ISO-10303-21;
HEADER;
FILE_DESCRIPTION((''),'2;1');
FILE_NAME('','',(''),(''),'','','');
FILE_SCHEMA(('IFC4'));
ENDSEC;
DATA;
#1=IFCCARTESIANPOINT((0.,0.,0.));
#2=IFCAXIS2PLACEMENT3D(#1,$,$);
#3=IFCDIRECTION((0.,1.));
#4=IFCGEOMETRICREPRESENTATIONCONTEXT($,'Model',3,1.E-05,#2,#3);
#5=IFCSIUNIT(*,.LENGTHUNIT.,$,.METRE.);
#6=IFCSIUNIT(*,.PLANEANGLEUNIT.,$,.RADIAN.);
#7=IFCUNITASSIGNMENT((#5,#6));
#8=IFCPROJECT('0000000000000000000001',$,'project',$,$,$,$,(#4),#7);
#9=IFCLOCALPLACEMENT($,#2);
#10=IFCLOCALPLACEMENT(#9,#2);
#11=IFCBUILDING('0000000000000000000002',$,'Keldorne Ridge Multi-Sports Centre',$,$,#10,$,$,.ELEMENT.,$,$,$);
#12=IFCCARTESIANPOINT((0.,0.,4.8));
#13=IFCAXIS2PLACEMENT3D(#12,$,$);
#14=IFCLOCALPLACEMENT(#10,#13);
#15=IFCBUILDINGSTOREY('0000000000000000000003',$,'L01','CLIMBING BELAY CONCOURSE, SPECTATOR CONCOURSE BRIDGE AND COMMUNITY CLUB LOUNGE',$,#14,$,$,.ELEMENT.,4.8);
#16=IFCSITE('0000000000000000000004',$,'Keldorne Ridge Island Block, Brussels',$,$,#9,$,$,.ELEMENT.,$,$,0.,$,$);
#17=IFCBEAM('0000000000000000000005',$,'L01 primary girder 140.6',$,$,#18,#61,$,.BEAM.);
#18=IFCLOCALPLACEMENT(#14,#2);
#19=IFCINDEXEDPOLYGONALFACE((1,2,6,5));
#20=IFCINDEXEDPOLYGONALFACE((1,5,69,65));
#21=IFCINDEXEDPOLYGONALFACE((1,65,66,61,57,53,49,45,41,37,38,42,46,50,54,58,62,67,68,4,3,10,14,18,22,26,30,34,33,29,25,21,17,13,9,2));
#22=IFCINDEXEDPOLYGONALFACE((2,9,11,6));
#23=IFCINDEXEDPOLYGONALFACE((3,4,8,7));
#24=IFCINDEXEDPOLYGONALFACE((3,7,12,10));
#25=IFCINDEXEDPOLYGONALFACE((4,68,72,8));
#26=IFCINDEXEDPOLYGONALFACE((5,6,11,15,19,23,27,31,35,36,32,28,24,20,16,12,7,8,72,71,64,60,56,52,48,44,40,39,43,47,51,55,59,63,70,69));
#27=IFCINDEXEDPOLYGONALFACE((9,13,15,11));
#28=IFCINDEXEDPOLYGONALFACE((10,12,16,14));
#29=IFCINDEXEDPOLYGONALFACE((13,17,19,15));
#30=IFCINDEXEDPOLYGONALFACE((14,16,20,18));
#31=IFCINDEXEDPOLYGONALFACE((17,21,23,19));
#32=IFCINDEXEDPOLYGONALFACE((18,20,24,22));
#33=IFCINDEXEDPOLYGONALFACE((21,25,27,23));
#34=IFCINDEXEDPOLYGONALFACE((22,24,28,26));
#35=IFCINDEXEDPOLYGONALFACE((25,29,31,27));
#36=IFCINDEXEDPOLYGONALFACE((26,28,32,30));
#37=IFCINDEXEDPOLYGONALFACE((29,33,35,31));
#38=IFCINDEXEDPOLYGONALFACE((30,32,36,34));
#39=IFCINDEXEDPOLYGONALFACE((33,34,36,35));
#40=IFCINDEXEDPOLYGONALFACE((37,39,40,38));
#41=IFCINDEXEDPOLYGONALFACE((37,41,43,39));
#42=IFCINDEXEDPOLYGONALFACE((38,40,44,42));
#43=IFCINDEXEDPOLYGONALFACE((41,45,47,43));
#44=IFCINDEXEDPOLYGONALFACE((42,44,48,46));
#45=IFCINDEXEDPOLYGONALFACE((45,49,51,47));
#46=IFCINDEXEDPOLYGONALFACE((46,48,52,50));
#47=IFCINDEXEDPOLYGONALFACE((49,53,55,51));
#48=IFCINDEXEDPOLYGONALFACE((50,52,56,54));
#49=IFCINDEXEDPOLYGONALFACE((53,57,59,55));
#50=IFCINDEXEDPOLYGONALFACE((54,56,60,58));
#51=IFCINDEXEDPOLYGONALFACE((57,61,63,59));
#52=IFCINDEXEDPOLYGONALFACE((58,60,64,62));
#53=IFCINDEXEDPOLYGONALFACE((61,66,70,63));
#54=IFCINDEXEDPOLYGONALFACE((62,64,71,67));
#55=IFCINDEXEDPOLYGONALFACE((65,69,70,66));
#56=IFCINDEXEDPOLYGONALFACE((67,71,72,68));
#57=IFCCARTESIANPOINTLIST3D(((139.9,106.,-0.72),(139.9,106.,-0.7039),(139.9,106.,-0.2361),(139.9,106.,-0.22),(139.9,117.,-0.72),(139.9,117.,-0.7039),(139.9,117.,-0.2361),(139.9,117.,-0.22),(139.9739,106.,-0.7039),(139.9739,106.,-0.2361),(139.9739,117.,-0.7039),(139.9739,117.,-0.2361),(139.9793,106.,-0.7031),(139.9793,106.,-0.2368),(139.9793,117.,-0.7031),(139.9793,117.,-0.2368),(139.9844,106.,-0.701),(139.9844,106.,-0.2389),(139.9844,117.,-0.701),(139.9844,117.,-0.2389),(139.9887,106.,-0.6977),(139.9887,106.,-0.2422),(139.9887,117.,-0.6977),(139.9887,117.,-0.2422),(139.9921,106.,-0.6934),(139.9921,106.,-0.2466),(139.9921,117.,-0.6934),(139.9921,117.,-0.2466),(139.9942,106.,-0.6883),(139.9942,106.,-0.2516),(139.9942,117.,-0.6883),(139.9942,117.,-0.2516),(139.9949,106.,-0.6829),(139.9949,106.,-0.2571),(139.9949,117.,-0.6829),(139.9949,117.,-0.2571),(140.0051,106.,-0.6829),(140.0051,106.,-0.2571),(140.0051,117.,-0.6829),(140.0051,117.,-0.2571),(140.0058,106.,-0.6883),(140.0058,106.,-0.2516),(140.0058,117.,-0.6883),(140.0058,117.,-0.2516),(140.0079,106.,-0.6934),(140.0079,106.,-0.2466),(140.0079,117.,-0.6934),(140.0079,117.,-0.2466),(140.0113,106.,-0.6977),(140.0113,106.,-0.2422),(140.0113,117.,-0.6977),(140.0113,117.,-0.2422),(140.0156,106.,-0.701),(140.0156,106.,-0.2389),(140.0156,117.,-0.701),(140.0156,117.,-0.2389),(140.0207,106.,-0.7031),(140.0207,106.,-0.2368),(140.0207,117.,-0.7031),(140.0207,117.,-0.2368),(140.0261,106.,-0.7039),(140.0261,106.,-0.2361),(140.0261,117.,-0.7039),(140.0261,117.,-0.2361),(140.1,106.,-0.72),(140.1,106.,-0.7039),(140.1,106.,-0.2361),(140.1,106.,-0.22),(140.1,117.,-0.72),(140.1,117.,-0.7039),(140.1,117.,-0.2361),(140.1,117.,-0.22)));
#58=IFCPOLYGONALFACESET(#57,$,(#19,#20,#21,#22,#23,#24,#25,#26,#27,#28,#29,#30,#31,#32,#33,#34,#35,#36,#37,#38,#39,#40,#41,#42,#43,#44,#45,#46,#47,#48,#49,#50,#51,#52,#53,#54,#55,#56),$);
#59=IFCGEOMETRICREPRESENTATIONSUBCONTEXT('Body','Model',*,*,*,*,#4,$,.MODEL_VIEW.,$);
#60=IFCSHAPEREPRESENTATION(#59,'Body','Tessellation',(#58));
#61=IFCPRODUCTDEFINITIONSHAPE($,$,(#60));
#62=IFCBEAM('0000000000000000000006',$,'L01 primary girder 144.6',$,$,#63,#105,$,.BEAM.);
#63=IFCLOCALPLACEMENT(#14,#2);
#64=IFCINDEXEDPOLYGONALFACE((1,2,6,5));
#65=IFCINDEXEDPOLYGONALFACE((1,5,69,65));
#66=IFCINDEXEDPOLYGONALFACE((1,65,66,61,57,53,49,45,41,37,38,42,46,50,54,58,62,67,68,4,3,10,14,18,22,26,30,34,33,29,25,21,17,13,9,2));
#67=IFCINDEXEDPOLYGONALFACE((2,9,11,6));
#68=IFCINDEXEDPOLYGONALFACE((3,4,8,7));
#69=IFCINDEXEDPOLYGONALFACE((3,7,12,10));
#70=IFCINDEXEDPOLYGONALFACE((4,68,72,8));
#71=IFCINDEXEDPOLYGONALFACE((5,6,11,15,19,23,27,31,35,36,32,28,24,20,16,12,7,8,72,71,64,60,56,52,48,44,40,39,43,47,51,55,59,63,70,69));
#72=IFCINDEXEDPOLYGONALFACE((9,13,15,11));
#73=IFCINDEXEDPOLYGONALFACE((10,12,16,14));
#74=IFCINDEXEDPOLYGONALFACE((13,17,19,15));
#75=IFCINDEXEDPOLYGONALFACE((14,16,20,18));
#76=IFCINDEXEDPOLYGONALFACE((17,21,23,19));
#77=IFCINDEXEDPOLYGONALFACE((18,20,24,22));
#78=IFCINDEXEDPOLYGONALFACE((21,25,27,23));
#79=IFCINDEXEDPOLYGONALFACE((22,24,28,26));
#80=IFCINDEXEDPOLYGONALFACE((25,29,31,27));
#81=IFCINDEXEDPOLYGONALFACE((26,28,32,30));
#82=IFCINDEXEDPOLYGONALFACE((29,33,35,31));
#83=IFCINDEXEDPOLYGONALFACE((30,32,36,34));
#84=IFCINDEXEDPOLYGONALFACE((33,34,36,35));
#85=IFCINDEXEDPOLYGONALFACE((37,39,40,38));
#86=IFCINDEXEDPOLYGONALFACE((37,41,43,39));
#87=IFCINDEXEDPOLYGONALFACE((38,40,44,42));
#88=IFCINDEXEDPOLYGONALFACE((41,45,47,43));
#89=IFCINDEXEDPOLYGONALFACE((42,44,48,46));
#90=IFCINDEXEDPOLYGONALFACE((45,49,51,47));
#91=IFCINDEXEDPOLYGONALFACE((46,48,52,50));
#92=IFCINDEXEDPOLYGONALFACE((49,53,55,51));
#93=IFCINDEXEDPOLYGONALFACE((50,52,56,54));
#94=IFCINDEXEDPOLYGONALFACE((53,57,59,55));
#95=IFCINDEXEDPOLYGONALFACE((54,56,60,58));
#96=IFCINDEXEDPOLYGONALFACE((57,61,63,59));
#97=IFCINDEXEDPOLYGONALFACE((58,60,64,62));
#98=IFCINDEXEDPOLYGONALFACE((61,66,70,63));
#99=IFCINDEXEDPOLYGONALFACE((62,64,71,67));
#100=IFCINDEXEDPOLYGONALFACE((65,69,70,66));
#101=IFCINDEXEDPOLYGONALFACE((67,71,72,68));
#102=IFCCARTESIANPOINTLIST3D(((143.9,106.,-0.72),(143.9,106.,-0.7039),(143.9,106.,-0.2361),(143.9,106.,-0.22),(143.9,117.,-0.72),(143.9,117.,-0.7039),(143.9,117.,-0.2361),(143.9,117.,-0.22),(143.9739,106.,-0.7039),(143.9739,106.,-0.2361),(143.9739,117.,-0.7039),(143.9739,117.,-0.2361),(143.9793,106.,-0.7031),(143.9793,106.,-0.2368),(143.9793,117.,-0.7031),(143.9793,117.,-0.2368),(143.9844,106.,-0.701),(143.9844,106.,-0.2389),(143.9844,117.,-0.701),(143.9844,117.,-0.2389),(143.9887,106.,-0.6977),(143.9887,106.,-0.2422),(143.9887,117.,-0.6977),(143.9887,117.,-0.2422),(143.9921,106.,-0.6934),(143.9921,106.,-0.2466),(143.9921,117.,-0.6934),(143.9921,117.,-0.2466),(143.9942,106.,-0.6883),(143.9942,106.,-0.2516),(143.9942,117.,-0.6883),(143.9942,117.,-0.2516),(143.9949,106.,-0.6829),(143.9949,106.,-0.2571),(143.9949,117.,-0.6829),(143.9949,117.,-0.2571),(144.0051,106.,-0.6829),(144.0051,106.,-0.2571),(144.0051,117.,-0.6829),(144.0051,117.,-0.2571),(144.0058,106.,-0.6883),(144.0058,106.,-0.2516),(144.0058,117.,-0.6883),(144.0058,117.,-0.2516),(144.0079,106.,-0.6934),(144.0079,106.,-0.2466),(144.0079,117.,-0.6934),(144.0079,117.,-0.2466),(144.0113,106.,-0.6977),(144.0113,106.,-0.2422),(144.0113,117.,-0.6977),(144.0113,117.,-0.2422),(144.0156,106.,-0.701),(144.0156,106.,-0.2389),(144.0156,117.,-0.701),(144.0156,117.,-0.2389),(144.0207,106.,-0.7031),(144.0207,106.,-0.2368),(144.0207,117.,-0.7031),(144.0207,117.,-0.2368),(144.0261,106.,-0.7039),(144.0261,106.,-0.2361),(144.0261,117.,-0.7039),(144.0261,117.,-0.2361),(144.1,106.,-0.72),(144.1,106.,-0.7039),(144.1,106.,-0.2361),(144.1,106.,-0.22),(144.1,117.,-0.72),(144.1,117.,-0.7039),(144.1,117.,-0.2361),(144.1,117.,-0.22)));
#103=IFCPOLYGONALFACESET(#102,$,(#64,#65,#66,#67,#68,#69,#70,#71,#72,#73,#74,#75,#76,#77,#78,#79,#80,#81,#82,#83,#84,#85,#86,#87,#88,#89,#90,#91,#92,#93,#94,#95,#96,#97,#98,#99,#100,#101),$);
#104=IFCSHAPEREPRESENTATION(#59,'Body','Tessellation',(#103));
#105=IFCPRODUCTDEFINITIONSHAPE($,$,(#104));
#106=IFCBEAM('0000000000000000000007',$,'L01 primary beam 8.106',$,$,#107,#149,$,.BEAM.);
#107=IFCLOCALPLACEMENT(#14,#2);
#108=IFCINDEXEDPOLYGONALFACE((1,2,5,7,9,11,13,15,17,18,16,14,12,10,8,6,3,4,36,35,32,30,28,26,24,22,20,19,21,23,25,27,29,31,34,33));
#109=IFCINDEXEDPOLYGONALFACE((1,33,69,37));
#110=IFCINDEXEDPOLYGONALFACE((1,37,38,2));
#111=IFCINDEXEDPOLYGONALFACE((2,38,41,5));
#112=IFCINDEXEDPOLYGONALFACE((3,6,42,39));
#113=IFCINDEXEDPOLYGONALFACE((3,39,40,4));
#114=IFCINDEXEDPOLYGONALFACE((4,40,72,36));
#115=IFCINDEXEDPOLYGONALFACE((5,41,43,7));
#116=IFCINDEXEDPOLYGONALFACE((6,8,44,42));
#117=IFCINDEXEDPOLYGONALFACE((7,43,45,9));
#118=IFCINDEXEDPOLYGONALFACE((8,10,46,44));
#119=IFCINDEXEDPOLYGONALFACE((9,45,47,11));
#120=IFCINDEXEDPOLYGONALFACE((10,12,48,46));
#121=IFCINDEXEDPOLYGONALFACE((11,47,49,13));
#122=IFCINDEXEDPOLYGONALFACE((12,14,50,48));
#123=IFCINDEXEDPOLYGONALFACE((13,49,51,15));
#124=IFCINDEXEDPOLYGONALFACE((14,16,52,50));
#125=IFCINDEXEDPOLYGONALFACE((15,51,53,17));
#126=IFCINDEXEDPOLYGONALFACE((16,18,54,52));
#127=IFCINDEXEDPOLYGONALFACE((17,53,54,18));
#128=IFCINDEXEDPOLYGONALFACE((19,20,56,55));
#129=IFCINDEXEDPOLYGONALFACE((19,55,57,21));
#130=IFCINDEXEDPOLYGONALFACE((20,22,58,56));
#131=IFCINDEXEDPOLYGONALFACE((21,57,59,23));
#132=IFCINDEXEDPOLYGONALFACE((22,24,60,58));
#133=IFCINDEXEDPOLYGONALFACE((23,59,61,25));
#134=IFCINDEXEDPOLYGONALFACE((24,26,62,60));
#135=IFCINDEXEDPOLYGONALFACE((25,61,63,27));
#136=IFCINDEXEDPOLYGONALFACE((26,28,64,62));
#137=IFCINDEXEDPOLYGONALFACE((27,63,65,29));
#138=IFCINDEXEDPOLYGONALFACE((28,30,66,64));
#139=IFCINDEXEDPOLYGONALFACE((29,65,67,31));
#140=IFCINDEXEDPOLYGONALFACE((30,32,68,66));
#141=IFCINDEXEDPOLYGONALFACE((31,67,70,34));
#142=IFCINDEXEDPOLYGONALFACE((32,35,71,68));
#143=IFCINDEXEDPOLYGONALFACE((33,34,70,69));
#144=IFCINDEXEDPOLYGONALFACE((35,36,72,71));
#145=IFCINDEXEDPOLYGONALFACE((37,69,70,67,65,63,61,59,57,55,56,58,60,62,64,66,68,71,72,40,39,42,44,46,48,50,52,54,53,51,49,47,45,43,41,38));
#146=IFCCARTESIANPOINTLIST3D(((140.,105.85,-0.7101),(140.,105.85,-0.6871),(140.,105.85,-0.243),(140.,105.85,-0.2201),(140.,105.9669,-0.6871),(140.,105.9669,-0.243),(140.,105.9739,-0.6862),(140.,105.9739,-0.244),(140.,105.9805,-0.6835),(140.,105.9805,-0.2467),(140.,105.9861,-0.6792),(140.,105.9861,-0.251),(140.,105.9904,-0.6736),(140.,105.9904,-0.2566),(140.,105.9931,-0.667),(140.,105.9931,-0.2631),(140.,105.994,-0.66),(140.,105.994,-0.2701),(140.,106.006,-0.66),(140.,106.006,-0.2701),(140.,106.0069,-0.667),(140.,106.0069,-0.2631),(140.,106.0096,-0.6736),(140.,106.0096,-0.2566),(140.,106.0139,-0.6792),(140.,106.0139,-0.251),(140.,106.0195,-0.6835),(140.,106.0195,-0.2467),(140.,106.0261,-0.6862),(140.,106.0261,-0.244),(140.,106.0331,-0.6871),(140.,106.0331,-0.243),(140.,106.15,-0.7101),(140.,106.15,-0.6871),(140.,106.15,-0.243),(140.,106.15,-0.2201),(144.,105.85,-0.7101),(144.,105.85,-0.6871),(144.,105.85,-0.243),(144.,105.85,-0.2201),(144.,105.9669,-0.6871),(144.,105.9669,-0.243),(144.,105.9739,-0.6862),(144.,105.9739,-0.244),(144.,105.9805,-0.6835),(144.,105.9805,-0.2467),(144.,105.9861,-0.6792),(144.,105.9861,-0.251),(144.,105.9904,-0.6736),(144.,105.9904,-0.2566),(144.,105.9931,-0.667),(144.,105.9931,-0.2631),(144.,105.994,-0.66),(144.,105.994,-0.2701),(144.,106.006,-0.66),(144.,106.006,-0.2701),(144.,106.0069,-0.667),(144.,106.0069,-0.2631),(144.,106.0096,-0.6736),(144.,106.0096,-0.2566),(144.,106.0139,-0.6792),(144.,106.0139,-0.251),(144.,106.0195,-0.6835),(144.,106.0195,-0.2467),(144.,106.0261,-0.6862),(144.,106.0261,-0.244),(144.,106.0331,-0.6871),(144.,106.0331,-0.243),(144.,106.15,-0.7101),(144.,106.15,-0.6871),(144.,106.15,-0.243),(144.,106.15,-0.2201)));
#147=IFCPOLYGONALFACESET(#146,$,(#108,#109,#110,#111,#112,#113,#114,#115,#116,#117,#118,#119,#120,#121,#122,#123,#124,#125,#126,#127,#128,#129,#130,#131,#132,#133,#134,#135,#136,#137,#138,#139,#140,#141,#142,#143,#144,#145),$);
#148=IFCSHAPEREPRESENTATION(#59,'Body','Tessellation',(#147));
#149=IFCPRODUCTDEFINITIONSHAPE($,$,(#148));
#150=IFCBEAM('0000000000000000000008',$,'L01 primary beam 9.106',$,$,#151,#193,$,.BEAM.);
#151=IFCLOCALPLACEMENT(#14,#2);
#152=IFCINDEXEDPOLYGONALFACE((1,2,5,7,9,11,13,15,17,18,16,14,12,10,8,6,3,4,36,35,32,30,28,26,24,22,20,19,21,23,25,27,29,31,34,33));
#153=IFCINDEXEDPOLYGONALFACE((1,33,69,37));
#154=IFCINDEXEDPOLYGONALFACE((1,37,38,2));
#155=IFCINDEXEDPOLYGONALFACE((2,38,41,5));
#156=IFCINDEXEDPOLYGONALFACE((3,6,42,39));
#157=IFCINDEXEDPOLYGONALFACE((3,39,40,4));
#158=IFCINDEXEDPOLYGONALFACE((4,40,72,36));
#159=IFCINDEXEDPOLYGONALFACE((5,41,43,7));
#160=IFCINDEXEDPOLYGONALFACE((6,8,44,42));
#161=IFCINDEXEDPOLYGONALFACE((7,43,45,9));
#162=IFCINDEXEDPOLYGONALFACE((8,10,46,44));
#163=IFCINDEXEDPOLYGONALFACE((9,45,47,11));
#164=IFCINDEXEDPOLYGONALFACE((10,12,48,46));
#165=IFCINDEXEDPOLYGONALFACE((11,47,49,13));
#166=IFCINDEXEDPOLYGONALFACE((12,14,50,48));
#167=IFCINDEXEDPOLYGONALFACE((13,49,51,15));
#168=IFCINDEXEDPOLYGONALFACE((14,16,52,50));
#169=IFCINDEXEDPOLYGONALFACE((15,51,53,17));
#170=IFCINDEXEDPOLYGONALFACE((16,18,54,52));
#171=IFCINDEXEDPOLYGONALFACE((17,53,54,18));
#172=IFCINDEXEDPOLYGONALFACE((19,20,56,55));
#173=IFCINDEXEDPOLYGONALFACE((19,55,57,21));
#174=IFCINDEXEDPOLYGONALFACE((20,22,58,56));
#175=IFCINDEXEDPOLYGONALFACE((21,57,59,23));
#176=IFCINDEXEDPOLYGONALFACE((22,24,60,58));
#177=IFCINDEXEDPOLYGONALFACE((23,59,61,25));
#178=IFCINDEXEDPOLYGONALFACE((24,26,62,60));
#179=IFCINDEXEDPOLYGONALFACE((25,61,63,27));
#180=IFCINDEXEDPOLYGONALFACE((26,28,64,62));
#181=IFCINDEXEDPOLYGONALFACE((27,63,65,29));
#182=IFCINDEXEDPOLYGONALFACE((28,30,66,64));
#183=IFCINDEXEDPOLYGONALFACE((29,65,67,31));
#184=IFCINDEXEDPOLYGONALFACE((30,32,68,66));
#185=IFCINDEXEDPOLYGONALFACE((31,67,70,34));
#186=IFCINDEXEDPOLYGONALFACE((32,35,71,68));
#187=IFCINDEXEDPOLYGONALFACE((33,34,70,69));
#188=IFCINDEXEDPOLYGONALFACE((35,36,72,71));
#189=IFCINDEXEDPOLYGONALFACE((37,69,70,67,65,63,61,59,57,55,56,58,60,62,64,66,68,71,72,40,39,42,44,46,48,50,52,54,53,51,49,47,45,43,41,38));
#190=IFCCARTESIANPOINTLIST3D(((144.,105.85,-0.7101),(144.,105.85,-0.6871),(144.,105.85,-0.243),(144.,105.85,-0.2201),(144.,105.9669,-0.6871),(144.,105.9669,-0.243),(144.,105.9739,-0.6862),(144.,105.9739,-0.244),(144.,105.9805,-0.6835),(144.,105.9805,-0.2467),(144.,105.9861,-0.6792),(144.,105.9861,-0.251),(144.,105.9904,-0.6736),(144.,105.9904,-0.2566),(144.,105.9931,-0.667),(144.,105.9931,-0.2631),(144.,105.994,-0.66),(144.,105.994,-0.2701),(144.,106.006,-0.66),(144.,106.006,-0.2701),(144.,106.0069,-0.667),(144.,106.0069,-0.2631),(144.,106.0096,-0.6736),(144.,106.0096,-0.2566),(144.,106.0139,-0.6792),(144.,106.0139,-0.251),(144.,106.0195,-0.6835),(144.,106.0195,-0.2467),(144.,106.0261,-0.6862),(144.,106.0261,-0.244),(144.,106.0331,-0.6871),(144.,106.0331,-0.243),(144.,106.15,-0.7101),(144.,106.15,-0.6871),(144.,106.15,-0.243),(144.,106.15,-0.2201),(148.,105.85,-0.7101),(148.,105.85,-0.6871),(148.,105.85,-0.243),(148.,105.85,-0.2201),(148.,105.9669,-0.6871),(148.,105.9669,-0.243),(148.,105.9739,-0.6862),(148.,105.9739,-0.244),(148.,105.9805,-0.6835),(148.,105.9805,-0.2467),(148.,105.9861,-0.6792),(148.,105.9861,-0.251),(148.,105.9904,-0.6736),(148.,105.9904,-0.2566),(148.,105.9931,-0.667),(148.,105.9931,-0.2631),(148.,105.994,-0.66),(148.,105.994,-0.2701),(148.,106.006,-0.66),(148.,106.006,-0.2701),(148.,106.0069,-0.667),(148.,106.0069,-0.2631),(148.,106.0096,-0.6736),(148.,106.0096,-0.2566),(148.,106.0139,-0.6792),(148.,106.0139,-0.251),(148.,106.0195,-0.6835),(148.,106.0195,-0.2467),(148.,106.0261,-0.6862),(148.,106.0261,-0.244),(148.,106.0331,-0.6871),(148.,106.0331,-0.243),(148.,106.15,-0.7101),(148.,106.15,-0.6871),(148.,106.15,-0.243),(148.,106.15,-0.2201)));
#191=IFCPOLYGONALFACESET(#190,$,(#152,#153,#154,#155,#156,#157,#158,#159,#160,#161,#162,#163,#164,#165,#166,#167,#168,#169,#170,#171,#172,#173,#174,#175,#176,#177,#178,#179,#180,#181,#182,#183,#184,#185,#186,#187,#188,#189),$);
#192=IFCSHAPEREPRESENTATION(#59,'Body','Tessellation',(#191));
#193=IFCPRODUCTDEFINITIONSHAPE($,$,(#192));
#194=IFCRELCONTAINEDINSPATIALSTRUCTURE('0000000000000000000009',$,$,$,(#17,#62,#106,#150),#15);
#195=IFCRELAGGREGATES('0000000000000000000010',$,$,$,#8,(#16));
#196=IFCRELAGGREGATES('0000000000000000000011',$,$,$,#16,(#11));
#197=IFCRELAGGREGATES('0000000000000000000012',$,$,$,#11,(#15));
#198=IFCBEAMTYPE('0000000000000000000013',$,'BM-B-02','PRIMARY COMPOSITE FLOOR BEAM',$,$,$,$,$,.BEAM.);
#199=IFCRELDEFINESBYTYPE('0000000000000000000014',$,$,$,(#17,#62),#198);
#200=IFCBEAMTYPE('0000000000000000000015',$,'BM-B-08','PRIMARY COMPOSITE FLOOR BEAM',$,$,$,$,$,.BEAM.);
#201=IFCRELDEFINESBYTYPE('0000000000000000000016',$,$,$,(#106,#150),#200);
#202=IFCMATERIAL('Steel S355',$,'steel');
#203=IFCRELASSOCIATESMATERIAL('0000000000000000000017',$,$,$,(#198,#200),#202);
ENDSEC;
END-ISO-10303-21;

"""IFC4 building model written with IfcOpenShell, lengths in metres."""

from ifc_helpers import new_model, si_unit, direction, frame, origin, origin_2d, place, context, subcontext, project, spatial, i_section, extrude, material, material_profile, profile_set, type_object, element, save


model = new_model("IFC4")

# Units and contexts
model_context = context("Model", 3, precision=1e-05, world=origin(), true_north=direction((0.0, 1.0)))
body_context = subcontext(model_context, "Body", "Model", "MODEL_VIEW")
ifc_project = project(units=[si_unit("LENGTHUNIT", "METRE"), si_unit("PLANEANGLEUNIT", "RADIAN")], contexts=[model_context])

# Site, building, storey
site_placement = place(None, origin())
site = spatial("IfcSite", under=ifc_project, at=site_placement, Name="Keldorne Ridge Island Block, Brussels", CompositionType="ELEMENT", RefElevation=0.0)
building_placement = place(site_placement, origin())
building = spatial("IfcBuilding", under=site, at=building_placement, Name="Keldorne Ridge Multi-Sports Centre", CompositionType="ELEMENT")
storey_placement = place(building_placement, frame((0.0, 0.0, 4.8)))
storey = spatial("IfcBuildingStorey", under=building, at=storey_placement, Name="L01", Description="CLIMBING BELAY CONCOURSE, SPECTATOR CONCOURSE BRIDGE AND COMMUNITY CLUB LOUNGE", CompositionType="ELEMENT", Elevation=4.8)

# Shared definitions
ifc_material_1 = material(Name="Steel S355", Category="steel")

# Beams
ifc_material_profile_1 = material_profile(ifc_material_1, i_section(OverallWidth=0.2, OverallDepth=0.5, WebThickness=0.0103, FlangeThickness=0.0161, FilletRadius=0.021, at=origin_2d()), Name="IPE 500")
ifc_profile_set_1 = profile_set([ifc_material_profile_1], Name="Steel S355")
beam_type_1 = type_object("IfcBeamType", Name="BM-B-02", Description="PRIMARY COMPOSITE FLOOR BEAM", PredefinedType="BEAM", material=ifc_profile_set_1)
for number, where, z_axis, x_axis, name in (
    (1, (140.0, 106.0, -0.47), (0.0, 1.0, 0.0), (-1.0, 0.0, 0.0), "L01 primary girder 140.6"),
    (2, (144.0, 106.0, -0.47), (0.0, 1.0, 0.0), (-1.0, 0.0, 0.0), "L01 primary girder 144.6"),
):
    element("IfcBeam", number, at=place(storey_placement, frame(where, z_axis=z_axis, x_axis=x_axis)), inside=storey, type_object=beam_type_1, Name=name, PredefinedType="BEAM", context=body_context, shape_type="SweptSolid", body=[
        extrude(i_section(OverallWidth=0.2, OverallDepth=0.5, WebThickness=0.0103, FlangeThickness=0.0161, FilletRadius=0.021, at=origin_2d()), origin(), (0.0, 0.0, 1.0), 11.0),
    ])
ifc_material_profile_2 = material_profile(ifc_material_1, i_section(OverallWidth=0.3, OverallDepth=0.49, WebThickness=0.012, FlangeThickness=0.0229, FilletRadius=0.0271, at=origin_2d()), Name="HEA 500")
ifc_profile_set_2 = profile_set([ifc_material_profile_2], Name="Steel S355")
beam_type_2 = type_object("IfcBeamType", Name="BM-B-08", Description="PRIMARY COMPOSITE FLOOR BEAM", PredefinedType="BEAM", material=ifc_profile_set_2)
for number, where, z_axis, x_axis, name in (
    (3, (140.0, 106.0, -0.4651), (1.0, 0.0, 0.0), (0.0, 1.0, 0.0), "L01 primary beam 8.106"),
    (4, (144.0, 106.0, -0.4651), (1.0, 0.0, 0.0), (0.0, 1.0, 0.0), "L01 primary beam 9.106"),
):
    element("IfcBeam", number, at=place(storey_placement, frame(where, z_axis=z_axis, x_axis=x_axis)), inside=storey, type_object=beam_type_2, Name=name, PredefinedType="BEAM", context=body_context, shape_type="SweptSolid", body=[
        extrude(i_section(OverallWidth=0.3, OverallDepth=0.49, WebThickness=0.012, FlangeThickness=0.0229, FilletRadius=0.0271, at=origin_2d()), origin(), (0.0, 0.0, 1.0), 4.0),
    ])

save(model, "model.ifc")
